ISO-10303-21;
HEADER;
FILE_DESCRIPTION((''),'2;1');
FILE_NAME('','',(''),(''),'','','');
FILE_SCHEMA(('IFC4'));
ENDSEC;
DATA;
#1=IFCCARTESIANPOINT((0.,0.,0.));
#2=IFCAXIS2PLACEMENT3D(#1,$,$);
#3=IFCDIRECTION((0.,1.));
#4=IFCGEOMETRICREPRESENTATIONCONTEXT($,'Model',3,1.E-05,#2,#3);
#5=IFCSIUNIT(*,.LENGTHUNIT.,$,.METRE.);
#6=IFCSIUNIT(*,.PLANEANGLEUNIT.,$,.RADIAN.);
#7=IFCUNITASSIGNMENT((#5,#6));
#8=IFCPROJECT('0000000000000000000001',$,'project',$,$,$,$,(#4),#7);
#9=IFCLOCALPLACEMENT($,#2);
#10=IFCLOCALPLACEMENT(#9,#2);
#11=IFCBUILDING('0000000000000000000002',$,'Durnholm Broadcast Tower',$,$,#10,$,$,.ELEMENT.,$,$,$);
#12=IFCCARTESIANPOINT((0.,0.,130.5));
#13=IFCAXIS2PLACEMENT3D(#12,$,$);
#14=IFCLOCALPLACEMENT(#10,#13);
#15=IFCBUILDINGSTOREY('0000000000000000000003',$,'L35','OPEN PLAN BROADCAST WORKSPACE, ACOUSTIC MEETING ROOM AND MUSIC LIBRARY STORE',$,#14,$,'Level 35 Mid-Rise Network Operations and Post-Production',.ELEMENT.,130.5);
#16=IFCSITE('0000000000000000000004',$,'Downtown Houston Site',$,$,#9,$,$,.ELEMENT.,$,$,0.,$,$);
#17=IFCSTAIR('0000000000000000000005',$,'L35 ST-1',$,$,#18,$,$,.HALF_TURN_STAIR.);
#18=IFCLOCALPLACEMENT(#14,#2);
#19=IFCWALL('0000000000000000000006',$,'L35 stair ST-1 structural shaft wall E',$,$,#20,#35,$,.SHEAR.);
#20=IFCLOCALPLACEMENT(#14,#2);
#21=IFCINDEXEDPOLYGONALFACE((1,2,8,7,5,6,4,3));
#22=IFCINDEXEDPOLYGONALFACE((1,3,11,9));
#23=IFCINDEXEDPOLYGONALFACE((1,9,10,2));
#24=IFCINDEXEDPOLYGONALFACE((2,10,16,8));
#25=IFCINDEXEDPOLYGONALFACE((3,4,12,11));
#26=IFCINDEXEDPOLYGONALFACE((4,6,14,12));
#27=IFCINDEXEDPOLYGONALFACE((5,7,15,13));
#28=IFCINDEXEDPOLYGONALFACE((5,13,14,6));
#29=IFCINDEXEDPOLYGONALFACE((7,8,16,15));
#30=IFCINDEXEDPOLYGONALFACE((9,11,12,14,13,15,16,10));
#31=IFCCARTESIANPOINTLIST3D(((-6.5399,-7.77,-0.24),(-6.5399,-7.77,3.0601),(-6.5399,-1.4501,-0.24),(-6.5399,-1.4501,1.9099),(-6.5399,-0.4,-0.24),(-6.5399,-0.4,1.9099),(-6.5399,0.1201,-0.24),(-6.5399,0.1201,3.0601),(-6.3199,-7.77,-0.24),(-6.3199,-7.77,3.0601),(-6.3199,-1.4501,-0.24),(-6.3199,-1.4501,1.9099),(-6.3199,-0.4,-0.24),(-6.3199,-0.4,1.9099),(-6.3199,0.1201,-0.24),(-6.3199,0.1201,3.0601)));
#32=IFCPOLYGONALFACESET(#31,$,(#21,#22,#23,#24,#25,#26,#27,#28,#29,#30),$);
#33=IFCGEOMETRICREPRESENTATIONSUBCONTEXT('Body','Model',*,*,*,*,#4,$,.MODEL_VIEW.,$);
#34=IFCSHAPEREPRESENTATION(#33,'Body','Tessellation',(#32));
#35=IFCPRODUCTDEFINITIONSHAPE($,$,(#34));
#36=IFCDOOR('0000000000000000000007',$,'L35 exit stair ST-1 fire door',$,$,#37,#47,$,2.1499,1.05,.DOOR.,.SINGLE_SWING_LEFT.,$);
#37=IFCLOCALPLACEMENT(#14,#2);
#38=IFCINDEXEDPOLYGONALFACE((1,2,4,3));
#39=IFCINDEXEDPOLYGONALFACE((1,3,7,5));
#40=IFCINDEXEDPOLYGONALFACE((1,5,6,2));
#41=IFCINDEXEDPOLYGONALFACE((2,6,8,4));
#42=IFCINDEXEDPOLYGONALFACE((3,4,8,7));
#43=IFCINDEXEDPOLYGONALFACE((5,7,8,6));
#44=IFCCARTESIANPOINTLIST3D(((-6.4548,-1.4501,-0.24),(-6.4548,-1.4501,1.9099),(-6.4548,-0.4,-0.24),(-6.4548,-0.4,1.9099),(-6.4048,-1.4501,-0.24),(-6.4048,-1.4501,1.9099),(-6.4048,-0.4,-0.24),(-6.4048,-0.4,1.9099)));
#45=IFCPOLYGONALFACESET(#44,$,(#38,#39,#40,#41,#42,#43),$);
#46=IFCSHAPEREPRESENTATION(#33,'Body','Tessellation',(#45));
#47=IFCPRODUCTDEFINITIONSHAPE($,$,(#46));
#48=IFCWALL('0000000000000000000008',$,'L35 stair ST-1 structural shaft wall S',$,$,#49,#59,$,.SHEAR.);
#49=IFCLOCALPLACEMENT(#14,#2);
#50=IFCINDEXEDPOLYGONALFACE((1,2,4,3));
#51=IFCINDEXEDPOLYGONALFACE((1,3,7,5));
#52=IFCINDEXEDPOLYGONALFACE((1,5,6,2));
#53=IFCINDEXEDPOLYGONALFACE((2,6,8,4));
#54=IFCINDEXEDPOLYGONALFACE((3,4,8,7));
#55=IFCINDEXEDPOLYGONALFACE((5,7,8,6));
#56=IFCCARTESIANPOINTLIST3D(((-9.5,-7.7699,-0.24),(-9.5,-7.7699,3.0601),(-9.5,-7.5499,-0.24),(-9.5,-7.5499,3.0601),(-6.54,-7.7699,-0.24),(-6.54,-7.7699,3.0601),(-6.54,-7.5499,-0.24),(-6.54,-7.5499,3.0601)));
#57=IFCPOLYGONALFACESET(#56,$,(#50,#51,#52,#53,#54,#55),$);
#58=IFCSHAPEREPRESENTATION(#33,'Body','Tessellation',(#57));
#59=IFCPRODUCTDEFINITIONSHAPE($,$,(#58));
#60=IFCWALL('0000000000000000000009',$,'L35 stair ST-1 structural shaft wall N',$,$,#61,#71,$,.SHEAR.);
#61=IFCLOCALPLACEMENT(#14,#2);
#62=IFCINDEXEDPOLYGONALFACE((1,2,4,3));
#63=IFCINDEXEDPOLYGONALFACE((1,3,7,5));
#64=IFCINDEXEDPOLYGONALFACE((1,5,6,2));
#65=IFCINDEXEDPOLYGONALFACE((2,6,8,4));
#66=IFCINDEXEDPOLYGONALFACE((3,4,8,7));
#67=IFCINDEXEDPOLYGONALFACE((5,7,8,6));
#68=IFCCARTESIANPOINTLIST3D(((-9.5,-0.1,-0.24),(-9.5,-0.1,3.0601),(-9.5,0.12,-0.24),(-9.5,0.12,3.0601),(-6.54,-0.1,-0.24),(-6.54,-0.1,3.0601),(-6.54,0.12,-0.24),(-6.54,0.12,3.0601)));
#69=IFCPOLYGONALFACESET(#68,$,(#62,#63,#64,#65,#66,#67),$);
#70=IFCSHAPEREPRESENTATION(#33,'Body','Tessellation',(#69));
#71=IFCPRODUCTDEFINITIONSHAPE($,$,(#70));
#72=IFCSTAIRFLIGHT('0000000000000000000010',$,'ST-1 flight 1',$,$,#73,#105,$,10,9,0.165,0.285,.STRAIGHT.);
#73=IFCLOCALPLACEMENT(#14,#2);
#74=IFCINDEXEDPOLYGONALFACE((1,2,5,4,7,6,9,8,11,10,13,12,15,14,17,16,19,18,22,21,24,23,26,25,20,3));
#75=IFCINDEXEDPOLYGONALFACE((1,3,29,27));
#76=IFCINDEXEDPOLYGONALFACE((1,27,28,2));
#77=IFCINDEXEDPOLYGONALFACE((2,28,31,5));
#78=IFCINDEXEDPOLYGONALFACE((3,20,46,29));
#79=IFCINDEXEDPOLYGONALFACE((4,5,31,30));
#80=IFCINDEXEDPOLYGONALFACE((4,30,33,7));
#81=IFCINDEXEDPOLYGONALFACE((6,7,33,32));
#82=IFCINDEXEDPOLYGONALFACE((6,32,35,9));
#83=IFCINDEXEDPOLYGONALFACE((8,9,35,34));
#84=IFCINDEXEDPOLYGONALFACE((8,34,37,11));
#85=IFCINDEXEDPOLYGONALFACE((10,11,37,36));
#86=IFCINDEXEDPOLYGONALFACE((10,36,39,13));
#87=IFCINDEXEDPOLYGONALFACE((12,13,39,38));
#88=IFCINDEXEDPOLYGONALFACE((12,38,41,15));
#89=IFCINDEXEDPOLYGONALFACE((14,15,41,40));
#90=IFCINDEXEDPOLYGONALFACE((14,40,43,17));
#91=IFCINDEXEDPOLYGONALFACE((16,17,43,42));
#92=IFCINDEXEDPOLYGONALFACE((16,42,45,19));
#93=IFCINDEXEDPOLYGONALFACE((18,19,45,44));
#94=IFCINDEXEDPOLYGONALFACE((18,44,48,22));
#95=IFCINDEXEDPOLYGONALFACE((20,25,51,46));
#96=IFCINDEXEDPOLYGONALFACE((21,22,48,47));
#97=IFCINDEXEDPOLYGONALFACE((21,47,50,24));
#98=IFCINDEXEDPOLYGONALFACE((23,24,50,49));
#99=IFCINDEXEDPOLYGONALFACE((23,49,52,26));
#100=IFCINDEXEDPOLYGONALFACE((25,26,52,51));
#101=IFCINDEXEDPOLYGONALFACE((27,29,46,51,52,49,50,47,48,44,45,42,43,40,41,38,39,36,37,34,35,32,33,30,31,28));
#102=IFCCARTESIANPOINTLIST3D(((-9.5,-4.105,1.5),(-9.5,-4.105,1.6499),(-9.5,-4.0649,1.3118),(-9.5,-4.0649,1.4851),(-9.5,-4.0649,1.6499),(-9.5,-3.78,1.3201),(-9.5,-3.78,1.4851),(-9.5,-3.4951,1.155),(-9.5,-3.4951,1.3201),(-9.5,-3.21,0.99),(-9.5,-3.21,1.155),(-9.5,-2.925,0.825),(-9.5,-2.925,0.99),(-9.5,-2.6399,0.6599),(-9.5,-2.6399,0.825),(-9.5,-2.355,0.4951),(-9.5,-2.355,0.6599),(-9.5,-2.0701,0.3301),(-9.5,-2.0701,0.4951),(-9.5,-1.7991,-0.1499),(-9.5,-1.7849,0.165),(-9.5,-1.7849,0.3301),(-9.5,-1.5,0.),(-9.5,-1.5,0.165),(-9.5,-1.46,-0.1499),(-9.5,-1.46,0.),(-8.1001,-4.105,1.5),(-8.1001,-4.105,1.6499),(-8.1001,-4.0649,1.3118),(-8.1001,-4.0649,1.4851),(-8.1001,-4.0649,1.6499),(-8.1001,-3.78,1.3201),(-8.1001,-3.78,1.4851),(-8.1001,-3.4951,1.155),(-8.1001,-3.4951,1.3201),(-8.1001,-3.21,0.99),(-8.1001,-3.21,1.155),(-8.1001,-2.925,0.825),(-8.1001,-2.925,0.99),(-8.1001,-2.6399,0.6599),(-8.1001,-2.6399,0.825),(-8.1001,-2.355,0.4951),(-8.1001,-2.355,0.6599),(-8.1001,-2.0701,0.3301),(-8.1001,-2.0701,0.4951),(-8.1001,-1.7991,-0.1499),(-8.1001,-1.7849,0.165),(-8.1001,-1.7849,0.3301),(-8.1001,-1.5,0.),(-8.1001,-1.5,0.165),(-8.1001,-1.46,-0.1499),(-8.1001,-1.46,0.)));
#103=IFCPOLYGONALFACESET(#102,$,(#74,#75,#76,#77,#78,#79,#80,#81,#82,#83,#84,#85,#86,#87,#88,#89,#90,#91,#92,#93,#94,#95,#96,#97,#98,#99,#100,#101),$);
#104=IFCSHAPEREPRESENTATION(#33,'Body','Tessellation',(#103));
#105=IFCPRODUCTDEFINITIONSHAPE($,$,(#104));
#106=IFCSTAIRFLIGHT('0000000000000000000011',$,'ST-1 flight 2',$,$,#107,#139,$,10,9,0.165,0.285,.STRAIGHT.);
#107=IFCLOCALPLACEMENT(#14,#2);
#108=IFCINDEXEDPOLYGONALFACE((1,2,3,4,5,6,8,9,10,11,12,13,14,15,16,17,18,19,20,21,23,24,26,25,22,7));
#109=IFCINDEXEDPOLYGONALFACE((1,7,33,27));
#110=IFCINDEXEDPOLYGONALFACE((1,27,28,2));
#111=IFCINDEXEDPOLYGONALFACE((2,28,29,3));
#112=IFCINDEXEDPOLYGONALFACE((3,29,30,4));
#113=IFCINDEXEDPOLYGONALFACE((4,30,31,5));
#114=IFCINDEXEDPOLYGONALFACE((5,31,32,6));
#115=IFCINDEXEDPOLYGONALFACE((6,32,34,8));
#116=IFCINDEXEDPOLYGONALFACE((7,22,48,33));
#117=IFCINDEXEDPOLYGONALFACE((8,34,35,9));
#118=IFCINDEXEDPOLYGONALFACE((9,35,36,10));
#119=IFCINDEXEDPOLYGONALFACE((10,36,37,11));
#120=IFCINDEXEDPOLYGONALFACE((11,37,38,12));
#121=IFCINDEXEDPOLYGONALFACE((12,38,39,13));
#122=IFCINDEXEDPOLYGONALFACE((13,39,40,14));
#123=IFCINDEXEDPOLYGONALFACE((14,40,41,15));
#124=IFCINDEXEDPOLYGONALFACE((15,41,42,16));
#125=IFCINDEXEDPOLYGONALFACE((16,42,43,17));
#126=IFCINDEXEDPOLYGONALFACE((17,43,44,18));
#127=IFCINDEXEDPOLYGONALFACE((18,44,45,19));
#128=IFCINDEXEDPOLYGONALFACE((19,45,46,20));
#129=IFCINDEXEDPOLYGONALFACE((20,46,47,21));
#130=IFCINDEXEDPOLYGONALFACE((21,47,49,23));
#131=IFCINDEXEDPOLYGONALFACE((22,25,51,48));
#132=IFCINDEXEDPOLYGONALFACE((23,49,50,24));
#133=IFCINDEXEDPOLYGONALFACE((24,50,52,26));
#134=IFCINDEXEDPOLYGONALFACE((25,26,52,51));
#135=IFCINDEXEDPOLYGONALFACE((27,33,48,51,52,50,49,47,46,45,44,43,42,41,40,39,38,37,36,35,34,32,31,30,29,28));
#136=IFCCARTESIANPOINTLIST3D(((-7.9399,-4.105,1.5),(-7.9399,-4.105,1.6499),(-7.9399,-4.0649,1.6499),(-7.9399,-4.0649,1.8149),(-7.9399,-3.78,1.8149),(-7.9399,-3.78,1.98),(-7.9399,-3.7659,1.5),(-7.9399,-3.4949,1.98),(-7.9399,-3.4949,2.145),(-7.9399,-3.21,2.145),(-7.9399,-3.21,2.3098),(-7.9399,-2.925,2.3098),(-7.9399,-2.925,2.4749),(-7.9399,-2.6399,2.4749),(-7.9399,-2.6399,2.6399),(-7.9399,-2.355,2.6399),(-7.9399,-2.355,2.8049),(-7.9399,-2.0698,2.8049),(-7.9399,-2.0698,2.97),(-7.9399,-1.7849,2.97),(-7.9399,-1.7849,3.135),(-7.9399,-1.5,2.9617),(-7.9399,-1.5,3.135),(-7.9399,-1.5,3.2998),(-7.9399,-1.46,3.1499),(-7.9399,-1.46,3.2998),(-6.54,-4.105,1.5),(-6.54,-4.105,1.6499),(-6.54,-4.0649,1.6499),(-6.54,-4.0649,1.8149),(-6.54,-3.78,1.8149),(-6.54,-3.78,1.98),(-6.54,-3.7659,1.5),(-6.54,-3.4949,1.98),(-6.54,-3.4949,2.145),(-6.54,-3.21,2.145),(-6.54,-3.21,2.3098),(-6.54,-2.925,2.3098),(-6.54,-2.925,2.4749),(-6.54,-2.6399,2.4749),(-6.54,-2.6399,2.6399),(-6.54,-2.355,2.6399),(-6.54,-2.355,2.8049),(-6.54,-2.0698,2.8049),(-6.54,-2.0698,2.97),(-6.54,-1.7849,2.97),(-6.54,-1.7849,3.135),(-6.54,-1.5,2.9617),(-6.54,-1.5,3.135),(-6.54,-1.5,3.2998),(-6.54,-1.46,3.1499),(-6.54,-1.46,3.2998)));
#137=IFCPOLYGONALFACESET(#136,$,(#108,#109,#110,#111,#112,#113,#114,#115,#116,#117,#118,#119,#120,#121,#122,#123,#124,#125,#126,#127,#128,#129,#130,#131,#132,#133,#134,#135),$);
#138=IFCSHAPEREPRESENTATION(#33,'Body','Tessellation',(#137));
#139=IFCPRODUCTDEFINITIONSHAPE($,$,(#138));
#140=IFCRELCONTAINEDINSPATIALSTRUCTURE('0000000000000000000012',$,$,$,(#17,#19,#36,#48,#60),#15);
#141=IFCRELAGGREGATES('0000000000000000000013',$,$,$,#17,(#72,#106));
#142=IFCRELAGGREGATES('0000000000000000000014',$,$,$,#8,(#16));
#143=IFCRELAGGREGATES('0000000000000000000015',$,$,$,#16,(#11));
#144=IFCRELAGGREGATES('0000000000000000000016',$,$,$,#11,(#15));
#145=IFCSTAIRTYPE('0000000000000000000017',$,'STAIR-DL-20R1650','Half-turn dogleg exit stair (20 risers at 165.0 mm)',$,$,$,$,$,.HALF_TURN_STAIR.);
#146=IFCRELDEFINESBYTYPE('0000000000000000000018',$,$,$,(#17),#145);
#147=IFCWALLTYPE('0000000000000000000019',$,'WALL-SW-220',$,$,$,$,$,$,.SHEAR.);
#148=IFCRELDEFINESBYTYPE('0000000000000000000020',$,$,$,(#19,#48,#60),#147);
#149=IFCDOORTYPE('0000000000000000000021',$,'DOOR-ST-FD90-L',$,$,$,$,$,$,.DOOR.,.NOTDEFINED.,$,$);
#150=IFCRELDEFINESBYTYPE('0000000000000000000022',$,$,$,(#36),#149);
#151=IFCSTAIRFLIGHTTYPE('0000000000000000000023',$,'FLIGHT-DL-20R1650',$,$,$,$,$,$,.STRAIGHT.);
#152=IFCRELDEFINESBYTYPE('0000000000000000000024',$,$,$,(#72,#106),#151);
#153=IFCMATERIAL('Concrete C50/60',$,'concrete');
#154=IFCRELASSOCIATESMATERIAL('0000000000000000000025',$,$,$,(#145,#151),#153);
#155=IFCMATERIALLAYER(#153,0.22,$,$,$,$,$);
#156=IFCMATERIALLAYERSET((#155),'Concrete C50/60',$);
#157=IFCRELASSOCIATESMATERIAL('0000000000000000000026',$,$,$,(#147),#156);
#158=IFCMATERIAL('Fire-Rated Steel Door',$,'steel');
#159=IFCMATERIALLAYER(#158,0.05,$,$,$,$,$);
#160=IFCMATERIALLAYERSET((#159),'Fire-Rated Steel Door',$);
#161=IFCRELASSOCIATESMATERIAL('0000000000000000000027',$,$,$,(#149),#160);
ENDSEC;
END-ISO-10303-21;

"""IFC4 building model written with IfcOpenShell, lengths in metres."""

from ifc_helpers import new_model, si_unit, direction, frame, frame_2d, origin, place, context, subcontext, project, spatial, polyline, rectangle, outline, extrude, source, transform, mapped, material, layer, layer_set, type_object, type_shapes, element, fill, aggregate, save


model = new_model("IFC4")

# Units and contexts
model_context = context("Model", 3, precision=1e-05, world=origin(), true_north=direction((0.0, 1.0)))
body_context = subcontext(model_context, "Body", "Model", "MODEL_VIEW")
ifc_project = project(units=[si_unit("LENGTHUNIT", "METRE"), si_unit("PLANEANGLEUNIT", "RADIAN")], contexts=[model_context])

# Site, building, storey
site_placement = place(None, origin())
site = spatial("IfcSite", under=ifc_project, at=site_placement, Name="Downtown Houston Site", CompositionType="ELEMENT", RefElevation=0.0)
building_placement = place(site_placement, origin())
building = spatial("IfcBuilding", under=site, at=building_placement, Name="Durnholm Broadcast Tower", CompositionType="ELEMENT")
storey_placement = place(building_placement, frame((0.0, 0.0, 130.5)))
storey = spatial("IfcBuildingStorey", under=building, at=storey_placement, Name="L35", Description="OPEN PLAN BROADCAST WORKSPACE, ACOUSTIC MEETING ROOM AND MUSIC LIBRARY STORE", LongName="Level 35 Mid-Rise Network Operations and Post-Production", CompositionType="ELEMENT", Elevation=130.5)

# Shared definitions
ifc_material_1 = material(Name="Concrete C50/60", Category="concrete")

# Stair
stair_type = type_object("IfcStairType", Name="STAIR-DL-20R1650", Description="Half-turn dogleg exit stair (20 risers at 165.0 mm)", PredefinedType="HALF_TURN_STAIR", material=ifc_material_1)
stair_1_placement = place(storey_placement, origin())
stair_1 = element("IfcStair", 1, at=stair_1_placement, inside=storey, type_object=stair_type, Name="L35 ST-1", PredefinedType="HALF_TURN_STAIR")

# Wall, opening, door
ifc_layer_1 = layer(ifc_material_1, 0.22)
ifc_layer_set_1 = layer_set([ifc_layer_1], Name="Concrete C50/60")
wall_type_1 = type_object("IfcWallType", Name="WALL-SW-220", PredefinedType="SHEAR", material=ifc_layer_set_1)
wall_1_placement = place(storey_placement, frame((-6.4299, -7.77, -0.24), z_axis=(0.0, 0.0, 1.0), x_axis=(0.0, 1.0, 0.0)))
wall_1 = element("IfcWall", 2, at=wall_1_placement, inside=storey, type_object=wall_type_1, Name="L35 stair ST-1 structural shaft wall E", PredefinedType="SHEAR", context=body_context, shape_type="SweptSolid", body=[
    extrude(rectangle(XDim=7.8901, YDim=0.22, at=frame_2d((3.9451, 0.0))), origin(), (0.0, 0.0, 1.0), 3.3),
])
opening_1_placement = place(wall_1_placement, frame((6.3201, 0.0, 0.0)))
opening_1 = element("IfcOpeningElement", 3, at=opening_1_placement, cuts=wall_1, PredefinedType="OPENING", context=body_context, shape_type="SweptSolid", body=[
    extrude(rectangle(XDim=1.05, YDim=2.1499, at=frame_2d((0.5249, 1.075))), frame((0.0, 0.1201, 0.0), z_axis=(0.0, -1.0, 0.0), x_axis=(1.0, 0.0, 0.0)), (0.0, 0.0, 1.0), 0.24),
])
ifc_material_2 = material(Name="Fire-Rated Steel Door", Category="steel")
ifc_layer_2 = layer(ifc_material_2, 0.05)
ifc_layer_set_2 = layer_set([ifc_layer_2], Name="Fire-Rated Steel Door")
door_type_1 = type_object("IfcDoorType", Name="DOOR-ST-FD90-L", OperationType="NOTDEFINED", PredefinedType="DOOR", material=ifc_layer_set_2)
shared_shape_1 = source(origin(), body_context, "Body", "SweptSolid", [
    extrude(rectangle(XDim=1.05, YDim=2.1499, at=frame_2d((0.5249, 1.075))), frame((0.0, 0.0249, 0.0), z_axis=(0.0, -1.0, 0.0), x_axis=(1.0, 0.0, 0.0)), (0.0, 0.0, 1.0), 0.05),
])
type_shapes(door_type_1, [shared_shape_1])
door_1_placement = place(opening_1_placement, origin())
door_1 = element("IfcDoor", 4, at=door_1_placement, inside=storey, type_object=door_type_1, Name="L35 exit stair ST-1 fire door", OperationType="SINGLE_SWING_LEFT", OverallHeight=2.1499, OverallWidth=1.05, PredefinedType="DOOR", context=body_context, shape_type="MappedRepresentation", body=[
    mapped(shared_shape_1, transform((0.0, 0.0, 0.0), x_axis=(1.0, 0.0, 0.0), y_axis=(0.0, 1.0, 0.0), z_axis=(0.0, 0.0, 1.0), scale=1.0)),
])
fill(opening_1, door_1)

# Walls
for number, where, z_axis, x_axis, name in (
    (5, (-9.5, -7.6599, -0.24), (0.0, 0.0, 1.0), (1.0, 0.0, 0.0), "L35 stair ST-1 structural shaft wall S"),
    (6, (-6.54, 0.01, -0.24), (0.0, 0.0, 1.0), (-1.0, 0.0, 0.0), "L35 stair ST-1 structural shaft wall N"),
):
    element("IfcWall", number, at=place(storey_placement, frame(where, z_axis=z_axis, x_axis=x_axis)), inside=storey, type_object=wall_type_1, Name=name, PredefinedType="SHEAR", context=body_context, shape_type="SweptSolid", body=[
        extrude(rectangle(XDim=2.96, YDim=0.22, at=frame_2d((1.48, 0.0))), origin(), (0.0, 0.0, 1.0), 3.3),
    ])

# Stair flights
stair_flight_type = type_object("IfcStairFlightType", Name="FLIGHT-DL-20R1650", PredefinedType="STRAIGHT", material=ifc_material_1)
stair_flight_1_placement = place(storey_placement, frame((-8.8, -1.5, 0.0), z_axis=(0.0, 0.0, 1.0), x_axis=(0.0, -1.0, 0.0)))
stair_flight_1 = element("IfcStairFlight", 7, at=stair_flight_1_placement, type_object=stair_flight_type, Name="ST-1 flight 1", NumberOfRisers=10, NumberOfTreads=9, PredefinedType="STRAIGHT", RiserHeight=0.165, TreadLength=0.285, context=body_context, shape_type="SweptSolid", body=[
    extrude(outline(polyline([(-0.04, -0.1499), (-0.04, 0.0), (0.0, 0.0), (0.0, 0.165), (0.2849, 0.165), (0.2849, 0.3301), (0.5701, 0.3301), (0.5701, 0.4951), (0.855, 0.4951), (0.855, 0.6599), (1.1399, 0.6599), (1.1399, 0.825), (1.425, 0.825), (1.425, 0.99), (1.71, 0.99), (1.71, 1.155), (1.9951, 1.155), (1.9951, 1.3201), (2.28, 1.3201), (2.28, 1.4851), (2.5649, 1.4851), (2.5649, 1.6499), (2.605, 1.6499), (2.605, 1.5), (2.5649, 1.3118), (0.2991, -0.1499), (-0.04, -0.1499)])), frame((0.0, 0.7, 0.0), z_axis=(0.0, -1.0, 0.0), x_axis=(1.0, 0.0, 0.0)), (0.0, 0.0, 1.0), 1.3999),
])
stair_flight_2_placement = place(storey_placement, frame((-7.24, -4.0649, 1.6499), z_axis=(0.0, 0.0, 1.0), x_axis=(0.0, 1.0, 0.0)))
stair_flight_2 = element("IfcStairFlight", 8, at=stair_flight_2_placement, type_object=stair_flight_type, Name="ST-1 flight 2", NumberOfRisers=10, NumberOfTreads=9, PredefinedType="STRAIGHT", RiserHeight=0.165, TreadLength=0.285, context=body_context, shape_type="SweptSolid", body=[
    extrude(outline(polyline([(-0.04, -0.1499), (-0.04, 0.0), (0.0, 0.0), (0.0, 0.165), (0.2849, 0.165), (0.2849, 0.3301), (0.5701, 0.3301), (0.5701, 0.4951), (0.855, 0.4951), (0.855, 0.6599), (1.1399, 0.6599), (1.1399, 0.825), (1.425, 0.825), (1.425, 0.99), (1.71, 0.99), (1.71, 1.155), (1.9951, 1.155), (1.9951, 1.3201), (2.28, 1.3201), (2.28, 1.4851), (2.5649, 1.4851), (2.5649, 1.6499), (2.605, 1.6499), (2.605, 1.5), (2.5649, 1.3118), (0.2991, -0.1499), (-0.04, -0.1499)])), frame((0.0, 0.7, 0.0), z_axis=(0.0, -1.0, 0.0), x_axis=(1.0, 0.0, 0.0)), (0.0, 0.0, 1.0), 1.3999),
])
aggregate(stair_1, [stair_flight_1, stair_flight_2])

save(model, "model.ifc")
